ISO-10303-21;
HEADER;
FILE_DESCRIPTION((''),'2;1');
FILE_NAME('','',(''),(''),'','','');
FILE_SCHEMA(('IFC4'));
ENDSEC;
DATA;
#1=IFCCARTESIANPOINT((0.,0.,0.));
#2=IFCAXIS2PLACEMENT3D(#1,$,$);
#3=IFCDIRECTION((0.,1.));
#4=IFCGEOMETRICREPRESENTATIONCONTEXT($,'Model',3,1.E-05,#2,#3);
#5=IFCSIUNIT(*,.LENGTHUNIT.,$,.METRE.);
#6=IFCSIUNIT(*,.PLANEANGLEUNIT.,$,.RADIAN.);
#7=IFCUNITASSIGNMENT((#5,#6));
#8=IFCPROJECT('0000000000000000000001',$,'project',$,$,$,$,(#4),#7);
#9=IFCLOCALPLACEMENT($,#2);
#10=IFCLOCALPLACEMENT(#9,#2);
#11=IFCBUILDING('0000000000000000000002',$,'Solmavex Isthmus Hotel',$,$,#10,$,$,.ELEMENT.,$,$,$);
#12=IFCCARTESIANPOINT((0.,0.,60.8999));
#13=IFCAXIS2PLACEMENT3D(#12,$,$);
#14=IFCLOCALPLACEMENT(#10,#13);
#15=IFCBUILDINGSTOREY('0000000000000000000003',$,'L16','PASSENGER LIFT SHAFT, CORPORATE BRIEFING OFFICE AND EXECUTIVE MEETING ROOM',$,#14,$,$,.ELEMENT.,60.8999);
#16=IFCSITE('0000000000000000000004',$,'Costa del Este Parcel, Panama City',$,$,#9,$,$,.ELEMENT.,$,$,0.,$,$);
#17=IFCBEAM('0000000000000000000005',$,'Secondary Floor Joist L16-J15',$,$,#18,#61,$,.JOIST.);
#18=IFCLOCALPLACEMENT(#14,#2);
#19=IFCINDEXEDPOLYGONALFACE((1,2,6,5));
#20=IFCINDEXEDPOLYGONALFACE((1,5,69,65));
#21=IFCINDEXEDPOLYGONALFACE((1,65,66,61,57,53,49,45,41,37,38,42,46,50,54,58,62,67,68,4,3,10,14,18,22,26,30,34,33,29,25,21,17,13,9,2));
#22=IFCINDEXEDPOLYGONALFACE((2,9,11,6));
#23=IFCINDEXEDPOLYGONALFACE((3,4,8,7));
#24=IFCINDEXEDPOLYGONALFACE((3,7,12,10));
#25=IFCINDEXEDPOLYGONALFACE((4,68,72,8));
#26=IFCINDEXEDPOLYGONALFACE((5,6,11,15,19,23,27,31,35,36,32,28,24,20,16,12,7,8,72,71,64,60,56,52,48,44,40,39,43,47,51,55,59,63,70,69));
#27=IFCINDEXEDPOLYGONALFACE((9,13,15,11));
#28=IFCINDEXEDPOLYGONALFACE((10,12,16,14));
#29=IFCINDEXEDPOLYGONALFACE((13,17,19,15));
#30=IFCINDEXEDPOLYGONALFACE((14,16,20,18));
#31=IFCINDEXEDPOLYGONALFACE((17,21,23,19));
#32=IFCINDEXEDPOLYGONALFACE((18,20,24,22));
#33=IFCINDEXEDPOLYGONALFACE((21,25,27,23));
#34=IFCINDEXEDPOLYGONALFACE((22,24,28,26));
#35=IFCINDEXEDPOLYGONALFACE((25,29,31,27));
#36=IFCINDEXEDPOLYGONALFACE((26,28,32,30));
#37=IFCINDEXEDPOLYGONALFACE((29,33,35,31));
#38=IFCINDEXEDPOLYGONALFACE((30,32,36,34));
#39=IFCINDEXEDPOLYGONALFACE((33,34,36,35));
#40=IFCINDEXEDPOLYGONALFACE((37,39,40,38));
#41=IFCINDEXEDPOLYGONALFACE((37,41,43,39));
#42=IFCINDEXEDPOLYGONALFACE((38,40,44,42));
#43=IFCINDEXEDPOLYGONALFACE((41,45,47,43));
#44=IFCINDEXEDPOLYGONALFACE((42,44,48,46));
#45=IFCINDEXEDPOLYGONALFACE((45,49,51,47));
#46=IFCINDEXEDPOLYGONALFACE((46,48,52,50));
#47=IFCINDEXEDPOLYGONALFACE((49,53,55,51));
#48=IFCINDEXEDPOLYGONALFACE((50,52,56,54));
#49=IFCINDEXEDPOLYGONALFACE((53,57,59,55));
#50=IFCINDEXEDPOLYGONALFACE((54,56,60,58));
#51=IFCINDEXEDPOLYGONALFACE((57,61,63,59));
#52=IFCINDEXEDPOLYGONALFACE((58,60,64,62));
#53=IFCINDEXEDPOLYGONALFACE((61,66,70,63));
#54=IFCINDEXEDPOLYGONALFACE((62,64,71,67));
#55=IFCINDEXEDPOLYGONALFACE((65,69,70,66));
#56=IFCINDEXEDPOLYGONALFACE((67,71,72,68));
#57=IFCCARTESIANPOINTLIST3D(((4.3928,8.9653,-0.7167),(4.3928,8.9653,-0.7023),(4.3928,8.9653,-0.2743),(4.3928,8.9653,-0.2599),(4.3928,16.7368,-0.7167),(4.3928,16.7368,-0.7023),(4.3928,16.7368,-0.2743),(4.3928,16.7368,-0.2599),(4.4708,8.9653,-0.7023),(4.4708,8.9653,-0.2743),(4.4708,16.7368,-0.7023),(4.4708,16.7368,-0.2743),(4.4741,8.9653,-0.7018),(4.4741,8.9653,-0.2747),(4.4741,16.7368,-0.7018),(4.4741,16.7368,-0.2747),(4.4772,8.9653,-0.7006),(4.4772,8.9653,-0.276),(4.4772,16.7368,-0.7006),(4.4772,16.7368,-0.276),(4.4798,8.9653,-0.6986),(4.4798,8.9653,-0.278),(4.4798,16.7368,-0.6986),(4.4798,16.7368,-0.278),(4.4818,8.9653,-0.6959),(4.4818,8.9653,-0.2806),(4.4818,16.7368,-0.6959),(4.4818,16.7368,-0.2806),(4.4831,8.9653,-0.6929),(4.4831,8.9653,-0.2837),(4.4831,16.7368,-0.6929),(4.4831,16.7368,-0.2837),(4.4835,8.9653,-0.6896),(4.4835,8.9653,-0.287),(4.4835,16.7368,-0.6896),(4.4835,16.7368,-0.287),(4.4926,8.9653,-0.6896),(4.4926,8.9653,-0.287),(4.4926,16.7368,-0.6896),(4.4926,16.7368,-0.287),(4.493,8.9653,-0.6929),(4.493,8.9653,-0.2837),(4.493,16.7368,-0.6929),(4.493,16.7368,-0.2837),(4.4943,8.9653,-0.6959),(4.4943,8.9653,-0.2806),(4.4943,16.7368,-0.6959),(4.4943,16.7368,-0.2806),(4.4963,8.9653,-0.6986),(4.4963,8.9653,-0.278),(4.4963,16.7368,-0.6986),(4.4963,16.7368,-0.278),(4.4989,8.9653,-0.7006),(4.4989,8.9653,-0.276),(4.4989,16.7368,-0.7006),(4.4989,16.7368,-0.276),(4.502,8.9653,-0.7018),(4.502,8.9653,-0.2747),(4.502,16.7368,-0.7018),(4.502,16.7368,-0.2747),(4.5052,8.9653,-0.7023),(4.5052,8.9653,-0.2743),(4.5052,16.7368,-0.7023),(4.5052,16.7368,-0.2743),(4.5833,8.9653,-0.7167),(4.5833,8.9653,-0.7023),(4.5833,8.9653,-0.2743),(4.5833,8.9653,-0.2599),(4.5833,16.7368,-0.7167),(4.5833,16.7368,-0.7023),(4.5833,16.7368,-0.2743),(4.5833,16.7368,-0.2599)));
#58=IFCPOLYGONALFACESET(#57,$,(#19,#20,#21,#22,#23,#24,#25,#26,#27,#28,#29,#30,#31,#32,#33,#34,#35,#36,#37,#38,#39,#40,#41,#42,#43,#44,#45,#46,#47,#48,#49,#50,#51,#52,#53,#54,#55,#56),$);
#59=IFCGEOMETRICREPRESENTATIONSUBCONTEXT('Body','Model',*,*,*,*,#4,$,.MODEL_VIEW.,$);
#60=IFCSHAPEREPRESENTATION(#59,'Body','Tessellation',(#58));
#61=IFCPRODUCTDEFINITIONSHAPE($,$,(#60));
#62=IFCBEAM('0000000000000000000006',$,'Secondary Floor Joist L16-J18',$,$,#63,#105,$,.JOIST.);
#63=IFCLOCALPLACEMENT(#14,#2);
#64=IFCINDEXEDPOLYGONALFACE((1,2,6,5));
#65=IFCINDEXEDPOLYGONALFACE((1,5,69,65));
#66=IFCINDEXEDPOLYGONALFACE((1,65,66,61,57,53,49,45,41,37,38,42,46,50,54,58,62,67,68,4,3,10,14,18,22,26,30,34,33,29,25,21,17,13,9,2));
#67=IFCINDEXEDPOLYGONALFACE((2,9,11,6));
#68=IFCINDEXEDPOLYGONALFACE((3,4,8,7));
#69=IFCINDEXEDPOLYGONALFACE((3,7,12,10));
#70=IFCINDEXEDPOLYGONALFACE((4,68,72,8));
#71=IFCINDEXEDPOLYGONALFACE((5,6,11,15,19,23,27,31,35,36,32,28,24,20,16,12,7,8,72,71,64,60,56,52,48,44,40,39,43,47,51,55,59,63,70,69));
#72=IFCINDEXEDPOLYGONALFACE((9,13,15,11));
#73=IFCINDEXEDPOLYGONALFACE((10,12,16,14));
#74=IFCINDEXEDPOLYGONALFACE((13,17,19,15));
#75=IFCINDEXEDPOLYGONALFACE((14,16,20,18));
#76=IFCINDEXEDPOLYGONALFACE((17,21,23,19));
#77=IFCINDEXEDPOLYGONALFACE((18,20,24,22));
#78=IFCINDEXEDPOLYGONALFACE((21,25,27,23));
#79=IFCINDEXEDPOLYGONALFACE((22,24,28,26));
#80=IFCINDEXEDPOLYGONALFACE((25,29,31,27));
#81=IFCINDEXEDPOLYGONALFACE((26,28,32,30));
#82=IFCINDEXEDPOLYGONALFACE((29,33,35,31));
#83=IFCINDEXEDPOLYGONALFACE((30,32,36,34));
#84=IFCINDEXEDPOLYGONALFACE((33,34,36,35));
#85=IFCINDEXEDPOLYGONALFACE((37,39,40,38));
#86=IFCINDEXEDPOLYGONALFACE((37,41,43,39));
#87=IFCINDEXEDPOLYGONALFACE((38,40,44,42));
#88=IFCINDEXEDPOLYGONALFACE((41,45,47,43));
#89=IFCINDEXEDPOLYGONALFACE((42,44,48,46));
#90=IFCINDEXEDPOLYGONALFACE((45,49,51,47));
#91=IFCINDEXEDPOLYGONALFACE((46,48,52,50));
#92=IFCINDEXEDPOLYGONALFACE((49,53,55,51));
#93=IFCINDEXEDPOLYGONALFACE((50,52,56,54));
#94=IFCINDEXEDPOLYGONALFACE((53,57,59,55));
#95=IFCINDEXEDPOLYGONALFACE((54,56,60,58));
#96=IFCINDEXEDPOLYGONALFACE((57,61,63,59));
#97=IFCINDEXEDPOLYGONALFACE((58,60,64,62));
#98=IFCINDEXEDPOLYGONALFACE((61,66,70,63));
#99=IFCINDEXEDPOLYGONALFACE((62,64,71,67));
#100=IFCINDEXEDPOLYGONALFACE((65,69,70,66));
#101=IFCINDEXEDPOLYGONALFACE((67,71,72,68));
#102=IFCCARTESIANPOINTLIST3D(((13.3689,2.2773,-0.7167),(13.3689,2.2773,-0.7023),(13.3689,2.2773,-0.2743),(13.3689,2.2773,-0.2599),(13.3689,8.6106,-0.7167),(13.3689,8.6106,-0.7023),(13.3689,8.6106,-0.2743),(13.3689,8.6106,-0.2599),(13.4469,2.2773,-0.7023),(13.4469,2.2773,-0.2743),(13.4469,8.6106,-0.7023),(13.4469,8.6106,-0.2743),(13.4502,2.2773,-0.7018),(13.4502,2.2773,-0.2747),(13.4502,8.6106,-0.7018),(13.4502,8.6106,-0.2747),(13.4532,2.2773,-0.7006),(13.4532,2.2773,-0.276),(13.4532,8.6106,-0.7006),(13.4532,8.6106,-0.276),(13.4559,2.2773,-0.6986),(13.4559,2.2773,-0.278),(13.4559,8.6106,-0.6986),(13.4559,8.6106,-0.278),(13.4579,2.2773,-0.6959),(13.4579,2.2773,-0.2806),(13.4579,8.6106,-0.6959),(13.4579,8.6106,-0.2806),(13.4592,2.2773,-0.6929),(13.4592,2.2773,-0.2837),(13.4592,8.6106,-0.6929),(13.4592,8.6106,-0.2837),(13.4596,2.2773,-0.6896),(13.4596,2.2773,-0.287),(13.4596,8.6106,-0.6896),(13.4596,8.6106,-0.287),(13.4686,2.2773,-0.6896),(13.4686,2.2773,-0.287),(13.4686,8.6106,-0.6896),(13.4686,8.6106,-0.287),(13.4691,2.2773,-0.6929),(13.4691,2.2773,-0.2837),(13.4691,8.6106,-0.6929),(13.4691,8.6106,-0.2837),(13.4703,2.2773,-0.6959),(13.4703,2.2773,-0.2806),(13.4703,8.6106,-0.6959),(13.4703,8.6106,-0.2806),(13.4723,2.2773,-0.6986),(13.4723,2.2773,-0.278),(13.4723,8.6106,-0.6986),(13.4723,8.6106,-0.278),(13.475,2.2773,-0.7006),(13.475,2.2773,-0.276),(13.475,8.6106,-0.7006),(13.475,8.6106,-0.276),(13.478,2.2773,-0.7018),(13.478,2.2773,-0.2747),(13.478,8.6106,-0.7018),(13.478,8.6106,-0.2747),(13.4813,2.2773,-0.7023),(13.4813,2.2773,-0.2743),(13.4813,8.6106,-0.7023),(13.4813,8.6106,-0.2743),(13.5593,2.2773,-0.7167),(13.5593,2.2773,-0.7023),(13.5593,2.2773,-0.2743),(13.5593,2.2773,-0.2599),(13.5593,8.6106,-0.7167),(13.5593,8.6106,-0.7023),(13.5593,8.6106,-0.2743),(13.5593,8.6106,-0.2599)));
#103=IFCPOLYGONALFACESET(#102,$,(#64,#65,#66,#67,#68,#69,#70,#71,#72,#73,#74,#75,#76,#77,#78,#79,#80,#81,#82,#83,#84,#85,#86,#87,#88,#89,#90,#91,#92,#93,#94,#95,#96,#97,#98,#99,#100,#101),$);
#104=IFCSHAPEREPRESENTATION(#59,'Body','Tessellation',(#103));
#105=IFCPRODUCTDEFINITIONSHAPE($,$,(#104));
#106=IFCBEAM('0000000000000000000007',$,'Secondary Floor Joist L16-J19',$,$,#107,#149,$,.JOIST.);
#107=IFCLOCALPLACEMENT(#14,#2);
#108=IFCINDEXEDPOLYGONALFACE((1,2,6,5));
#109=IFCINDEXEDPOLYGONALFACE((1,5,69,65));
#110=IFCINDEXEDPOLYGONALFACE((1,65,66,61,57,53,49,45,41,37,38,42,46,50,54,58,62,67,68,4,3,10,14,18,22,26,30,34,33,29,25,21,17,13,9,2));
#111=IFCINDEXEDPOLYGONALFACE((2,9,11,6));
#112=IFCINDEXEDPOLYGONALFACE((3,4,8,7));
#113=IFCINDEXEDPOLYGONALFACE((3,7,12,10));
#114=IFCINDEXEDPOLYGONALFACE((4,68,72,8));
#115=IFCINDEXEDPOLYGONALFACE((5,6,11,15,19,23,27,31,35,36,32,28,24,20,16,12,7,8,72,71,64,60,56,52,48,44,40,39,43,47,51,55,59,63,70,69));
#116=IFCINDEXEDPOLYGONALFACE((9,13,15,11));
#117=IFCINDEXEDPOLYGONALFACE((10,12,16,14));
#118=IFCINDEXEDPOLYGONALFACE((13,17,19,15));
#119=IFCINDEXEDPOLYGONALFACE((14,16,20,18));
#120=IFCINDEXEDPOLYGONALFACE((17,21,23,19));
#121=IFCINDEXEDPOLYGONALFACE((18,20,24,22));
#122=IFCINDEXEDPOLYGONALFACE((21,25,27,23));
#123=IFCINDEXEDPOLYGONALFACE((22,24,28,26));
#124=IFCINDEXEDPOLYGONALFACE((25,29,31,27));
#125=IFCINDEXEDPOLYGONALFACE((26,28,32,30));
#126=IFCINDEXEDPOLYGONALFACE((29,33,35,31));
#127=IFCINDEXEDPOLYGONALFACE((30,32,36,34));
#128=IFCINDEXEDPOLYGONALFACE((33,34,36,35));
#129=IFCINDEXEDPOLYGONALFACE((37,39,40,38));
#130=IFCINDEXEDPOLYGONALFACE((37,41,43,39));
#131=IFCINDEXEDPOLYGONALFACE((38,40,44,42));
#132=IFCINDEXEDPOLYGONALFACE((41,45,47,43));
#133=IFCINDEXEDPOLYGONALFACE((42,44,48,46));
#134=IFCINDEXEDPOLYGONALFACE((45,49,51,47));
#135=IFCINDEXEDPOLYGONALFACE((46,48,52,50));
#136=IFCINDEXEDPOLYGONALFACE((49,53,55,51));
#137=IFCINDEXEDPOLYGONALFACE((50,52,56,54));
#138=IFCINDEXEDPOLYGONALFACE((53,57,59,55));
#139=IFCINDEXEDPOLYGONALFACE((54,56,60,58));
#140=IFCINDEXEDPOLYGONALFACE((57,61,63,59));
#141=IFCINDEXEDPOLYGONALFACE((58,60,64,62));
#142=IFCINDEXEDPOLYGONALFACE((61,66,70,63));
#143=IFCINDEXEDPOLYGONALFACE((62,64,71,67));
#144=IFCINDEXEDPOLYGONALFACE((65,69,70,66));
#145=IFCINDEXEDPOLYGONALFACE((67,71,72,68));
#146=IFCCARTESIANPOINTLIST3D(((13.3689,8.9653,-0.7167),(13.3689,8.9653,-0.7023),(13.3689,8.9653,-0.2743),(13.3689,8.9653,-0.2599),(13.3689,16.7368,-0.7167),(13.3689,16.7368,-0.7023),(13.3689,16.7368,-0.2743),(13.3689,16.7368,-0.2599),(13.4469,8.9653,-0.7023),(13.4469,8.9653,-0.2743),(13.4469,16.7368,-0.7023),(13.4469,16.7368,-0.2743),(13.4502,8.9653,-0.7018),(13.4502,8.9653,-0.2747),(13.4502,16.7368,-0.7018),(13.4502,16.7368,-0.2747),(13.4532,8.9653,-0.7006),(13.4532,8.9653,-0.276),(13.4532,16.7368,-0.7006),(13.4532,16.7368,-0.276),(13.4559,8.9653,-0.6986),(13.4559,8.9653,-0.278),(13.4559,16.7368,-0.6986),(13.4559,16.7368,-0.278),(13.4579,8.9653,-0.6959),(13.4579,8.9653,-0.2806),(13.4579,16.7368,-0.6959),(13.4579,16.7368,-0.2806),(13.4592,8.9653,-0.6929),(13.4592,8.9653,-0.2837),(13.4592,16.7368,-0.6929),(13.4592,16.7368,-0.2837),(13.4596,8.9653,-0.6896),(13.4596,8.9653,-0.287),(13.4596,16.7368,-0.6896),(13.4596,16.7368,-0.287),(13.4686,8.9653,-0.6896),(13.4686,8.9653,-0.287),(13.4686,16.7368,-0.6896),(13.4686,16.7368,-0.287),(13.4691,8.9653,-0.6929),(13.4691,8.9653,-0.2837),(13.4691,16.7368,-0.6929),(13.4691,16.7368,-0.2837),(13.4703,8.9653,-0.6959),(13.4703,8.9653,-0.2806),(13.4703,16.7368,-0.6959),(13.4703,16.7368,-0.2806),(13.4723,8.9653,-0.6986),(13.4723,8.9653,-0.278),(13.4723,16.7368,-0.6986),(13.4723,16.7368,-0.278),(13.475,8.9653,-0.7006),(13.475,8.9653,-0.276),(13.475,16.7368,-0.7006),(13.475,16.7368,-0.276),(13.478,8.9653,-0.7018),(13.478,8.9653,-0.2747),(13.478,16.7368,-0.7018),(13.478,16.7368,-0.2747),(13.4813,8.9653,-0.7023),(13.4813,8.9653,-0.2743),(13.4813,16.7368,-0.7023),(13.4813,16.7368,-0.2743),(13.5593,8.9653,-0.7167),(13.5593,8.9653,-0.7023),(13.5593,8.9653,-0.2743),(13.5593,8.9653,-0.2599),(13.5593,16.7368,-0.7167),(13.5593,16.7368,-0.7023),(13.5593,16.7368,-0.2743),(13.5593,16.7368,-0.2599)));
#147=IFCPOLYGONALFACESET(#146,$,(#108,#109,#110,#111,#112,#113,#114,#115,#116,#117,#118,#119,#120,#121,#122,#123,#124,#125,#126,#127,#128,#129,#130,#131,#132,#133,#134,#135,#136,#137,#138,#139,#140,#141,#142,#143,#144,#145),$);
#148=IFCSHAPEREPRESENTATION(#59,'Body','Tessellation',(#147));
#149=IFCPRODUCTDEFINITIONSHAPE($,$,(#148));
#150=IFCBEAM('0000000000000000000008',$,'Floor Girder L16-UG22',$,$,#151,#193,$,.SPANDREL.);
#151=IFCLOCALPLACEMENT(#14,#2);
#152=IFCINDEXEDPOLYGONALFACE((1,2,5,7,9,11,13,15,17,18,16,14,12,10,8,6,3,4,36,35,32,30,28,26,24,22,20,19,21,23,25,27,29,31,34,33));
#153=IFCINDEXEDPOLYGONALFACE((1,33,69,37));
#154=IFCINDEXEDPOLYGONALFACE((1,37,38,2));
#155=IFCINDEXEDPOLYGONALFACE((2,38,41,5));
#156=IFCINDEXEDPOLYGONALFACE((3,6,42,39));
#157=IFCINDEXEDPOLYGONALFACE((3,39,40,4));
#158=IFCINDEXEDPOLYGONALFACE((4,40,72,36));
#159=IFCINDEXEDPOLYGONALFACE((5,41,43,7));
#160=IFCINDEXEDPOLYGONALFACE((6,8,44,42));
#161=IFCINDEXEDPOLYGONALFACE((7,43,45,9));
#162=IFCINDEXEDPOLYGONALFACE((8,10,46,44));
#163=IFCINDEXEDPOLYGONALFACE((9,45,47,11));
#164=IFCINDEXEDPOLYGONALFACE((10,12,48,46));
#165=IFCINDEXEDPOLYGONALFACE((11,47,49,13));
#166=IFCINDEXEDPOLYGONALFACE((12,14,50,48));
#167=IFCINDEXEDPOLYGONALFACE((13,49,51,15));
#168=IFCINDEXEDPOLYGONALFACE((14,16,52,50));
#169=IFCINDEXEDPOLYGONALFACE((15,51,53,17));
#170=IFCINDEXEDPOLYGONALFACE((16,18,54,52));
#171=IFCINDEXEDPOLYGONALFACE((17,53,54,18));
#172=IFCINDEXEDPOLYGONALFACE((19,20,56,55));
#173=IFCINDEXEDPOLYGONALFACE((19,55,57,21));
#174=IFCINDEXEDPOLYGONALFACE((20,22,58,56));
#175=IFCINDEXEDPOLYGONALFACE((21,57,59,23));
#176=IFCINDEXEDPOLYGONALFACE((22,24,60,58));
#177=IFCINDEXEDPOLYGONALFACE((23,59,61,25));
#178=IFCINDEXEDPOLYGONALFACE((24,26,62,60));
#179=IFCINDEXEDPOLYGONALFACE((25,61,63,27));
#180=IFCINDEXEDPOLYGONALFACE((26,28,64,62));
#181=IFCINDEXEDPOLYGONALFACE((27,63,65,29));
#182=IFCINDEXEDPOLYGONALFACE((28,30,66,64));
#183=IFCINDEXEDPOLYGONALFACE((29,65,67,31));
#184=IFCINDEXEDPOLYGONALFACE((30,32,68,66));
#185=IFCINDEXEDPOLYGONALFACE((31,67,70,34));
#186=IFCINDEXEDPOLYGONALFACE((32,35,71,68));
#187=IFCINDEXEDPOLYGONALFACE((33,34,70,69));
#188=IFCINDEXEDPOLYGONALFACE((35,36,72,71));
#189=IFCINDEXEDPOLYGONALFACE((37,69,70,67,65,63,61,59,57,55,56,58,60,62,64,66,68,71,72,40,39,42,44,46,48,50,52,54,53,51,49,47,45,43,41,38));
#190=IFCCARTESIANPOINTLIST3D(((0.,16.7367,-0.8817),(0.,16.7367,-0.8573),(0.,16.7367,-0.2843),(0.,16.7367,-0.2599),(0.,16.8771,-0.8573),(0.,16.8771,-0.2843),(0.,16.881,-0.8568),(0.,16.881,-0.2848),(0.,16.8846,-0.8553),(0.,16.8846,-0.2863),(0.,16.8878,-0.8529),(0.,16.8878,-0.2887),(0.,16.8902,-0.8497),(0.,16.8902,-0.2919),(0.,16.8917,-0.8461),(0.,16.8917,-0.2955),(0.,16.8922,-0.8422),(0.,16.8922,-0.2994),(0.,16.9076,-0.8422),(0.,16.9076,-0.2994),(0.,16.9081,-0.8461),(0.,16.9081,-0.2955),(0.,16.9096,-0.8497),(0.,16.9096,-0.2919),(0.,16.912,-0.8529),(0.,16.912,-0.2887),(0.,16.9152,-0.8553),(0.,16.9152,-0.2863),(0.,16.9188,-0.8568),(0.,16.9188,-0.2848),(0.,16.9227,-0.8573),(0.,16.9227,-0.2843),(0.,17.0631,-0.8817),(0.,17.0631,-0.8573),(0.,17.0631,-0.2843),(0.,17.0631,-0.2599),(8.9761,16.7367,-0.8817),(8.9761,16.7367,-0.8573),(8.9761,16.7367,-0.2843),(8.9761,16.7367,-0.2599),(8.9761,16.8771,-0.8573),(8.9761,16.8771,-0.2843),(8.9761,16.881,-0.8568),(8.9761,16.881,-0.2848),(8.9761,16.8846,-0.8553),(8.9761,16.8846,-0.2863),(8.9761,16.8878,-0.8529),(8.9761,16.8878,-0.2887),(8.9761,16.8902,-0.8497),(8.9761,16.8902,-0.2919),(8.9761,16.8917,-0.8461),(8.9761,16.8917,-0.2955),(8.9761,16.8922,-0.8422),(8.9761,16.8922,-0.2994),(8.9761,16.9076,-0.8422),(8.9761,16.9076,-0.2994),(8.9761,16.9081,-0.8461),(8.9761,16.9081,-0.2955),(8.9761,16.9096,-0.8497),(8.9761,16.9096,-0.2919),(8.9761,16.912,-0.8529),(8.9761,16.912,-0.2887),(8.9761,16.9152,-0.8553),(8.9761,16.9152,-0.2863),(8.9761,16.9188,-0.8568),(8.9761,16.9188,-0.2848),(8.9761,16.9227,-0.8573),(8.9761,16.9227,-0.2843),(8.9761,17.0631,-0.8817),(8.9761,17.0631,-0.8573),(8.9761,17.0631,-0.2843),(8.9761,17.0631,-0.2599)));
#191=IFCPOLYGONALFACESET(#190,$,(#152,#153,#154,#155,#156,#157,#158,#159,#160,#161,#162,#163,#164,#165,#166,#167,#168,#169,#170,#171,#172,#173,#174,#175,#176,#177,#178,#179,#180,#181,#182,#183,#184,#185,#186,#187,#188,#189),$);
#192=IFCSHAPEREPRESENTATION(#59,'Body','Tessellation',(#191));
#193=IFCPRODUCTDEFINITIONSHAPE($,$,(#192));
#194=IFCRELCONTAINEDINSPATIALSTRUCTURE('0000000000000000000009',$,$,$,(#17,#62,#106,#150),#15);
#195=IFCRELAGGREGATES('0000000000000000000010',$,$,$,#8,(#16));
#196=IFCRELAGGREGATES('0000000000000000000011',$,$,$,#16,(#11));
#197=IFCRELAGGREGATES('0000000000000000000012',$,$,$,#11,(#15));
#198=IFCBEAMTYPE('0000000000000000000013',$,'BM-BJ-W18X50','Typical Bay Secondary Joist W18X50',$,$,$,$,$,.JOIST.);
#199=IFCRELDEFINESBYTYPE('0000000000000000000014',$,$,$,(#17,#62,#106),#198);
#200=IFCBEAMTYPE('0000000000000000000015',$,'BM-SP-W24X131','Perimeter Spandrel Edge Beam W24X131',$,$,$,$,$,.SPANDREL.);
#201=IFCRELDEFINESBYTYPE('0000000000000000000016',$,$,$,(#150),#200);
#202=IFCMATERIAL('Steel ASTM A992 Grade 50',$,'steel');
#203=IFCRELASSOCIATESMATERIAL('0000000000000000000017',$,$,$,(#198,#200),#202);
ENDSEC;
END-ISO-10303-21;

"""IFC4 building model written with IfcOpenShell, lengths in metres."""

from ifc_helpers import new_model, si_unit, direction, frame, origin, origin_2d, place, context, subcontext, project, spatial, i_section, extrude, material, material_profile, profile_set, type_object, element, save


model = new_model("IFC4")

# Units and contexts
model_context = context("Model", 3, precision=1e-05, world=origin(), true_north=direction((0.0, 1.0)))
body_context = subcontext(model_context, "Body", "Model", "MODEL_VIEW")
ifc_project = project(units=[si_unit("LENGTHUNIT", "METRE"), si_unit("PLANEANGLEUNIT", "RADIAN")], contexts=[model_context])

# Site, building, storey
site_placement = place(None, origin())
site = spatial("IfcSite", under=ifc_project, at=site_placement, Name="Costa del Este Parcel, Panama City", CompositionType="ELEMENT", RefElevation=0.0)
building_placement = place(site_placement, origin())
building = spatial("IfcBuilding", under=site, at=building_placement, Name="Solmavex Isthmus Hotel", CompositionType="ELEMENT")
storey_placement = place(building_placement, frame((0.0, 0.0, 60.8999)))
storey = spatial("IfcBuildingStorey", under=building, at=storey_placement, Name="L16", Description="PASSENGER LIFT SHAFT, CORPORATE BRIEFING OFFICE AND EXECUTIVE MEETING ROOM", CompositionType="ELEMENT", Elevation=60.8999)

# Beams
ifc_material_1 = material(Name="Steel ASTM A992 Grade 50", Category="steel")
ifc_material_profile_1 = material_profile(ifc_material_1, i_section(OverallWidth=0.1904, OverallDepth=0.4568, WebThickness=0.009, FlangeThickness=0.0144, FilletRadius=0.0127, at=origin_2d()), Name="W18X50")
ifc_profile_set_1 = profile_set([ifc_material_profile_1], Name="Steel ASTM A992 Grade 50")
beam_type_1 = type_object("IfcBeamType", Name="BM-BJ-W18X50", Description="Typical Bay Secondary Joist W18X50", PredefinedType="JOIST", material=ifc_profile_set_1)
beam_1_placement = place(storey_placement, frame((4.488, 8.9653, -0.4883), z_axis=(0.0, 1.0, 0.0), x_axis=(-1.0, 0.0, 0.0)))
element("IfcBeam", 1, at=beam_1_placement, inside=storey, type_object=beam_type_1, Name="Secondary Floor Joist L16-J15", PredefinedType="JOIST", context=body_context, shape_type="SweptSolid", body=[
    extrude(i_section(OverallWidth=0.1904, OverallDepth=0.4568, WebThickness=0.009, FlangeThickness=0.0144, FilletRadius=0.0127, at=origin_2d()), origin(), (0.0, 0.0, 1.0), 7.7715),
])
beam_2_placement = place(storey_placement, frame((13.4641, 2.2773, -0.4883), z_axis=(0.0, 1.0, 0.0), x_axis=(-1.0, 0.0, 0.0)))
element("IfcBeam", 2, at=beam_2_placement, inside=storey, type_object=beam_type_1, Name="Secondary Floor Joist L16-J18", PredefinedType="JOIST", context=body_context, shape_type="SweptSolid", body=[
    extrude(i_section(OverallWidth=0.1904, OverallDepth=0.4568, WebThickness=0.009, FlangeThickness=0.0144, FilletRadius=0.0127, at=origin_2d()), origin(), (0.0, 0.0, 1.0), 6.3333),
])
beam_3_placement = place(storey_placement, frame((13.4641, 8.9653, -0.4883), z_axis=(0.0, 1.0, 0.0), x_axis=(-1.0, 0.0, 0.0)))
element("IfcBeam", 3, at=beam_3_placement, inside=storey, type_object=beam_type_1, Name="Secondary Floor Joist L16-J19", PredefinedType="JOIST", context=body_context, shape_type="SweptSolid", body=[
    extrude(i_section(OverallWidth=0.1904, OverallDepth=0.4568, WebThickness=0.009, FlangeThickness=0.0144, FilletRadius=0.0127, at=origin_2d()), origin(), (0.0, 0.0, 1.0), 7.7715),
])
ifc_material_profile_2 = material_profile(ifc_material_1, i_section(OverallWidth=0.3264, OverallDepth=0.6218, WebThickness=0.0154, FlangeThickness=0.0244, FilletRadius=0.0151, at=origin_2d()), Name="W24X131")
ifc_profile_set_2 = profile_set([ifc_material_profile_2], Name="Steel ASTM A992 Grade 50")
beam_type_2 = type_object("IfcBeamType", Name="BM-SP-W24X131", Description="Perimeter Spandrel Edge Beam W24X131", PredefinedType="SPANDREL", material=ifc_profile_set_2)
beam_4_placement = place(storey_placement, frame((0.0, 16.8999, -0.5708), z_axis=(1.0, 0.0, 0.0), x_axis=(0.0, 1.0, 0.0)))
element("IfcBeam", 4, at=beam_4_placement, inside=storey, type_object=beam_type_2, Name="Floor Girder L16-UG22", PredefinedType="SPANDREL", context=body_context, shape_type="SweptSolid", body=[
    extrude(i_section(OverallWidth=0.3264, OverallDepth=0.6218, WebThickness=0.0154, FlangeThickness=0.0244, FilletRadius=0.0151, at=origin_2d()), origin(), (0.0, 0.0, 1.0), 8.9761),
])

save(model, "model.ifc")
